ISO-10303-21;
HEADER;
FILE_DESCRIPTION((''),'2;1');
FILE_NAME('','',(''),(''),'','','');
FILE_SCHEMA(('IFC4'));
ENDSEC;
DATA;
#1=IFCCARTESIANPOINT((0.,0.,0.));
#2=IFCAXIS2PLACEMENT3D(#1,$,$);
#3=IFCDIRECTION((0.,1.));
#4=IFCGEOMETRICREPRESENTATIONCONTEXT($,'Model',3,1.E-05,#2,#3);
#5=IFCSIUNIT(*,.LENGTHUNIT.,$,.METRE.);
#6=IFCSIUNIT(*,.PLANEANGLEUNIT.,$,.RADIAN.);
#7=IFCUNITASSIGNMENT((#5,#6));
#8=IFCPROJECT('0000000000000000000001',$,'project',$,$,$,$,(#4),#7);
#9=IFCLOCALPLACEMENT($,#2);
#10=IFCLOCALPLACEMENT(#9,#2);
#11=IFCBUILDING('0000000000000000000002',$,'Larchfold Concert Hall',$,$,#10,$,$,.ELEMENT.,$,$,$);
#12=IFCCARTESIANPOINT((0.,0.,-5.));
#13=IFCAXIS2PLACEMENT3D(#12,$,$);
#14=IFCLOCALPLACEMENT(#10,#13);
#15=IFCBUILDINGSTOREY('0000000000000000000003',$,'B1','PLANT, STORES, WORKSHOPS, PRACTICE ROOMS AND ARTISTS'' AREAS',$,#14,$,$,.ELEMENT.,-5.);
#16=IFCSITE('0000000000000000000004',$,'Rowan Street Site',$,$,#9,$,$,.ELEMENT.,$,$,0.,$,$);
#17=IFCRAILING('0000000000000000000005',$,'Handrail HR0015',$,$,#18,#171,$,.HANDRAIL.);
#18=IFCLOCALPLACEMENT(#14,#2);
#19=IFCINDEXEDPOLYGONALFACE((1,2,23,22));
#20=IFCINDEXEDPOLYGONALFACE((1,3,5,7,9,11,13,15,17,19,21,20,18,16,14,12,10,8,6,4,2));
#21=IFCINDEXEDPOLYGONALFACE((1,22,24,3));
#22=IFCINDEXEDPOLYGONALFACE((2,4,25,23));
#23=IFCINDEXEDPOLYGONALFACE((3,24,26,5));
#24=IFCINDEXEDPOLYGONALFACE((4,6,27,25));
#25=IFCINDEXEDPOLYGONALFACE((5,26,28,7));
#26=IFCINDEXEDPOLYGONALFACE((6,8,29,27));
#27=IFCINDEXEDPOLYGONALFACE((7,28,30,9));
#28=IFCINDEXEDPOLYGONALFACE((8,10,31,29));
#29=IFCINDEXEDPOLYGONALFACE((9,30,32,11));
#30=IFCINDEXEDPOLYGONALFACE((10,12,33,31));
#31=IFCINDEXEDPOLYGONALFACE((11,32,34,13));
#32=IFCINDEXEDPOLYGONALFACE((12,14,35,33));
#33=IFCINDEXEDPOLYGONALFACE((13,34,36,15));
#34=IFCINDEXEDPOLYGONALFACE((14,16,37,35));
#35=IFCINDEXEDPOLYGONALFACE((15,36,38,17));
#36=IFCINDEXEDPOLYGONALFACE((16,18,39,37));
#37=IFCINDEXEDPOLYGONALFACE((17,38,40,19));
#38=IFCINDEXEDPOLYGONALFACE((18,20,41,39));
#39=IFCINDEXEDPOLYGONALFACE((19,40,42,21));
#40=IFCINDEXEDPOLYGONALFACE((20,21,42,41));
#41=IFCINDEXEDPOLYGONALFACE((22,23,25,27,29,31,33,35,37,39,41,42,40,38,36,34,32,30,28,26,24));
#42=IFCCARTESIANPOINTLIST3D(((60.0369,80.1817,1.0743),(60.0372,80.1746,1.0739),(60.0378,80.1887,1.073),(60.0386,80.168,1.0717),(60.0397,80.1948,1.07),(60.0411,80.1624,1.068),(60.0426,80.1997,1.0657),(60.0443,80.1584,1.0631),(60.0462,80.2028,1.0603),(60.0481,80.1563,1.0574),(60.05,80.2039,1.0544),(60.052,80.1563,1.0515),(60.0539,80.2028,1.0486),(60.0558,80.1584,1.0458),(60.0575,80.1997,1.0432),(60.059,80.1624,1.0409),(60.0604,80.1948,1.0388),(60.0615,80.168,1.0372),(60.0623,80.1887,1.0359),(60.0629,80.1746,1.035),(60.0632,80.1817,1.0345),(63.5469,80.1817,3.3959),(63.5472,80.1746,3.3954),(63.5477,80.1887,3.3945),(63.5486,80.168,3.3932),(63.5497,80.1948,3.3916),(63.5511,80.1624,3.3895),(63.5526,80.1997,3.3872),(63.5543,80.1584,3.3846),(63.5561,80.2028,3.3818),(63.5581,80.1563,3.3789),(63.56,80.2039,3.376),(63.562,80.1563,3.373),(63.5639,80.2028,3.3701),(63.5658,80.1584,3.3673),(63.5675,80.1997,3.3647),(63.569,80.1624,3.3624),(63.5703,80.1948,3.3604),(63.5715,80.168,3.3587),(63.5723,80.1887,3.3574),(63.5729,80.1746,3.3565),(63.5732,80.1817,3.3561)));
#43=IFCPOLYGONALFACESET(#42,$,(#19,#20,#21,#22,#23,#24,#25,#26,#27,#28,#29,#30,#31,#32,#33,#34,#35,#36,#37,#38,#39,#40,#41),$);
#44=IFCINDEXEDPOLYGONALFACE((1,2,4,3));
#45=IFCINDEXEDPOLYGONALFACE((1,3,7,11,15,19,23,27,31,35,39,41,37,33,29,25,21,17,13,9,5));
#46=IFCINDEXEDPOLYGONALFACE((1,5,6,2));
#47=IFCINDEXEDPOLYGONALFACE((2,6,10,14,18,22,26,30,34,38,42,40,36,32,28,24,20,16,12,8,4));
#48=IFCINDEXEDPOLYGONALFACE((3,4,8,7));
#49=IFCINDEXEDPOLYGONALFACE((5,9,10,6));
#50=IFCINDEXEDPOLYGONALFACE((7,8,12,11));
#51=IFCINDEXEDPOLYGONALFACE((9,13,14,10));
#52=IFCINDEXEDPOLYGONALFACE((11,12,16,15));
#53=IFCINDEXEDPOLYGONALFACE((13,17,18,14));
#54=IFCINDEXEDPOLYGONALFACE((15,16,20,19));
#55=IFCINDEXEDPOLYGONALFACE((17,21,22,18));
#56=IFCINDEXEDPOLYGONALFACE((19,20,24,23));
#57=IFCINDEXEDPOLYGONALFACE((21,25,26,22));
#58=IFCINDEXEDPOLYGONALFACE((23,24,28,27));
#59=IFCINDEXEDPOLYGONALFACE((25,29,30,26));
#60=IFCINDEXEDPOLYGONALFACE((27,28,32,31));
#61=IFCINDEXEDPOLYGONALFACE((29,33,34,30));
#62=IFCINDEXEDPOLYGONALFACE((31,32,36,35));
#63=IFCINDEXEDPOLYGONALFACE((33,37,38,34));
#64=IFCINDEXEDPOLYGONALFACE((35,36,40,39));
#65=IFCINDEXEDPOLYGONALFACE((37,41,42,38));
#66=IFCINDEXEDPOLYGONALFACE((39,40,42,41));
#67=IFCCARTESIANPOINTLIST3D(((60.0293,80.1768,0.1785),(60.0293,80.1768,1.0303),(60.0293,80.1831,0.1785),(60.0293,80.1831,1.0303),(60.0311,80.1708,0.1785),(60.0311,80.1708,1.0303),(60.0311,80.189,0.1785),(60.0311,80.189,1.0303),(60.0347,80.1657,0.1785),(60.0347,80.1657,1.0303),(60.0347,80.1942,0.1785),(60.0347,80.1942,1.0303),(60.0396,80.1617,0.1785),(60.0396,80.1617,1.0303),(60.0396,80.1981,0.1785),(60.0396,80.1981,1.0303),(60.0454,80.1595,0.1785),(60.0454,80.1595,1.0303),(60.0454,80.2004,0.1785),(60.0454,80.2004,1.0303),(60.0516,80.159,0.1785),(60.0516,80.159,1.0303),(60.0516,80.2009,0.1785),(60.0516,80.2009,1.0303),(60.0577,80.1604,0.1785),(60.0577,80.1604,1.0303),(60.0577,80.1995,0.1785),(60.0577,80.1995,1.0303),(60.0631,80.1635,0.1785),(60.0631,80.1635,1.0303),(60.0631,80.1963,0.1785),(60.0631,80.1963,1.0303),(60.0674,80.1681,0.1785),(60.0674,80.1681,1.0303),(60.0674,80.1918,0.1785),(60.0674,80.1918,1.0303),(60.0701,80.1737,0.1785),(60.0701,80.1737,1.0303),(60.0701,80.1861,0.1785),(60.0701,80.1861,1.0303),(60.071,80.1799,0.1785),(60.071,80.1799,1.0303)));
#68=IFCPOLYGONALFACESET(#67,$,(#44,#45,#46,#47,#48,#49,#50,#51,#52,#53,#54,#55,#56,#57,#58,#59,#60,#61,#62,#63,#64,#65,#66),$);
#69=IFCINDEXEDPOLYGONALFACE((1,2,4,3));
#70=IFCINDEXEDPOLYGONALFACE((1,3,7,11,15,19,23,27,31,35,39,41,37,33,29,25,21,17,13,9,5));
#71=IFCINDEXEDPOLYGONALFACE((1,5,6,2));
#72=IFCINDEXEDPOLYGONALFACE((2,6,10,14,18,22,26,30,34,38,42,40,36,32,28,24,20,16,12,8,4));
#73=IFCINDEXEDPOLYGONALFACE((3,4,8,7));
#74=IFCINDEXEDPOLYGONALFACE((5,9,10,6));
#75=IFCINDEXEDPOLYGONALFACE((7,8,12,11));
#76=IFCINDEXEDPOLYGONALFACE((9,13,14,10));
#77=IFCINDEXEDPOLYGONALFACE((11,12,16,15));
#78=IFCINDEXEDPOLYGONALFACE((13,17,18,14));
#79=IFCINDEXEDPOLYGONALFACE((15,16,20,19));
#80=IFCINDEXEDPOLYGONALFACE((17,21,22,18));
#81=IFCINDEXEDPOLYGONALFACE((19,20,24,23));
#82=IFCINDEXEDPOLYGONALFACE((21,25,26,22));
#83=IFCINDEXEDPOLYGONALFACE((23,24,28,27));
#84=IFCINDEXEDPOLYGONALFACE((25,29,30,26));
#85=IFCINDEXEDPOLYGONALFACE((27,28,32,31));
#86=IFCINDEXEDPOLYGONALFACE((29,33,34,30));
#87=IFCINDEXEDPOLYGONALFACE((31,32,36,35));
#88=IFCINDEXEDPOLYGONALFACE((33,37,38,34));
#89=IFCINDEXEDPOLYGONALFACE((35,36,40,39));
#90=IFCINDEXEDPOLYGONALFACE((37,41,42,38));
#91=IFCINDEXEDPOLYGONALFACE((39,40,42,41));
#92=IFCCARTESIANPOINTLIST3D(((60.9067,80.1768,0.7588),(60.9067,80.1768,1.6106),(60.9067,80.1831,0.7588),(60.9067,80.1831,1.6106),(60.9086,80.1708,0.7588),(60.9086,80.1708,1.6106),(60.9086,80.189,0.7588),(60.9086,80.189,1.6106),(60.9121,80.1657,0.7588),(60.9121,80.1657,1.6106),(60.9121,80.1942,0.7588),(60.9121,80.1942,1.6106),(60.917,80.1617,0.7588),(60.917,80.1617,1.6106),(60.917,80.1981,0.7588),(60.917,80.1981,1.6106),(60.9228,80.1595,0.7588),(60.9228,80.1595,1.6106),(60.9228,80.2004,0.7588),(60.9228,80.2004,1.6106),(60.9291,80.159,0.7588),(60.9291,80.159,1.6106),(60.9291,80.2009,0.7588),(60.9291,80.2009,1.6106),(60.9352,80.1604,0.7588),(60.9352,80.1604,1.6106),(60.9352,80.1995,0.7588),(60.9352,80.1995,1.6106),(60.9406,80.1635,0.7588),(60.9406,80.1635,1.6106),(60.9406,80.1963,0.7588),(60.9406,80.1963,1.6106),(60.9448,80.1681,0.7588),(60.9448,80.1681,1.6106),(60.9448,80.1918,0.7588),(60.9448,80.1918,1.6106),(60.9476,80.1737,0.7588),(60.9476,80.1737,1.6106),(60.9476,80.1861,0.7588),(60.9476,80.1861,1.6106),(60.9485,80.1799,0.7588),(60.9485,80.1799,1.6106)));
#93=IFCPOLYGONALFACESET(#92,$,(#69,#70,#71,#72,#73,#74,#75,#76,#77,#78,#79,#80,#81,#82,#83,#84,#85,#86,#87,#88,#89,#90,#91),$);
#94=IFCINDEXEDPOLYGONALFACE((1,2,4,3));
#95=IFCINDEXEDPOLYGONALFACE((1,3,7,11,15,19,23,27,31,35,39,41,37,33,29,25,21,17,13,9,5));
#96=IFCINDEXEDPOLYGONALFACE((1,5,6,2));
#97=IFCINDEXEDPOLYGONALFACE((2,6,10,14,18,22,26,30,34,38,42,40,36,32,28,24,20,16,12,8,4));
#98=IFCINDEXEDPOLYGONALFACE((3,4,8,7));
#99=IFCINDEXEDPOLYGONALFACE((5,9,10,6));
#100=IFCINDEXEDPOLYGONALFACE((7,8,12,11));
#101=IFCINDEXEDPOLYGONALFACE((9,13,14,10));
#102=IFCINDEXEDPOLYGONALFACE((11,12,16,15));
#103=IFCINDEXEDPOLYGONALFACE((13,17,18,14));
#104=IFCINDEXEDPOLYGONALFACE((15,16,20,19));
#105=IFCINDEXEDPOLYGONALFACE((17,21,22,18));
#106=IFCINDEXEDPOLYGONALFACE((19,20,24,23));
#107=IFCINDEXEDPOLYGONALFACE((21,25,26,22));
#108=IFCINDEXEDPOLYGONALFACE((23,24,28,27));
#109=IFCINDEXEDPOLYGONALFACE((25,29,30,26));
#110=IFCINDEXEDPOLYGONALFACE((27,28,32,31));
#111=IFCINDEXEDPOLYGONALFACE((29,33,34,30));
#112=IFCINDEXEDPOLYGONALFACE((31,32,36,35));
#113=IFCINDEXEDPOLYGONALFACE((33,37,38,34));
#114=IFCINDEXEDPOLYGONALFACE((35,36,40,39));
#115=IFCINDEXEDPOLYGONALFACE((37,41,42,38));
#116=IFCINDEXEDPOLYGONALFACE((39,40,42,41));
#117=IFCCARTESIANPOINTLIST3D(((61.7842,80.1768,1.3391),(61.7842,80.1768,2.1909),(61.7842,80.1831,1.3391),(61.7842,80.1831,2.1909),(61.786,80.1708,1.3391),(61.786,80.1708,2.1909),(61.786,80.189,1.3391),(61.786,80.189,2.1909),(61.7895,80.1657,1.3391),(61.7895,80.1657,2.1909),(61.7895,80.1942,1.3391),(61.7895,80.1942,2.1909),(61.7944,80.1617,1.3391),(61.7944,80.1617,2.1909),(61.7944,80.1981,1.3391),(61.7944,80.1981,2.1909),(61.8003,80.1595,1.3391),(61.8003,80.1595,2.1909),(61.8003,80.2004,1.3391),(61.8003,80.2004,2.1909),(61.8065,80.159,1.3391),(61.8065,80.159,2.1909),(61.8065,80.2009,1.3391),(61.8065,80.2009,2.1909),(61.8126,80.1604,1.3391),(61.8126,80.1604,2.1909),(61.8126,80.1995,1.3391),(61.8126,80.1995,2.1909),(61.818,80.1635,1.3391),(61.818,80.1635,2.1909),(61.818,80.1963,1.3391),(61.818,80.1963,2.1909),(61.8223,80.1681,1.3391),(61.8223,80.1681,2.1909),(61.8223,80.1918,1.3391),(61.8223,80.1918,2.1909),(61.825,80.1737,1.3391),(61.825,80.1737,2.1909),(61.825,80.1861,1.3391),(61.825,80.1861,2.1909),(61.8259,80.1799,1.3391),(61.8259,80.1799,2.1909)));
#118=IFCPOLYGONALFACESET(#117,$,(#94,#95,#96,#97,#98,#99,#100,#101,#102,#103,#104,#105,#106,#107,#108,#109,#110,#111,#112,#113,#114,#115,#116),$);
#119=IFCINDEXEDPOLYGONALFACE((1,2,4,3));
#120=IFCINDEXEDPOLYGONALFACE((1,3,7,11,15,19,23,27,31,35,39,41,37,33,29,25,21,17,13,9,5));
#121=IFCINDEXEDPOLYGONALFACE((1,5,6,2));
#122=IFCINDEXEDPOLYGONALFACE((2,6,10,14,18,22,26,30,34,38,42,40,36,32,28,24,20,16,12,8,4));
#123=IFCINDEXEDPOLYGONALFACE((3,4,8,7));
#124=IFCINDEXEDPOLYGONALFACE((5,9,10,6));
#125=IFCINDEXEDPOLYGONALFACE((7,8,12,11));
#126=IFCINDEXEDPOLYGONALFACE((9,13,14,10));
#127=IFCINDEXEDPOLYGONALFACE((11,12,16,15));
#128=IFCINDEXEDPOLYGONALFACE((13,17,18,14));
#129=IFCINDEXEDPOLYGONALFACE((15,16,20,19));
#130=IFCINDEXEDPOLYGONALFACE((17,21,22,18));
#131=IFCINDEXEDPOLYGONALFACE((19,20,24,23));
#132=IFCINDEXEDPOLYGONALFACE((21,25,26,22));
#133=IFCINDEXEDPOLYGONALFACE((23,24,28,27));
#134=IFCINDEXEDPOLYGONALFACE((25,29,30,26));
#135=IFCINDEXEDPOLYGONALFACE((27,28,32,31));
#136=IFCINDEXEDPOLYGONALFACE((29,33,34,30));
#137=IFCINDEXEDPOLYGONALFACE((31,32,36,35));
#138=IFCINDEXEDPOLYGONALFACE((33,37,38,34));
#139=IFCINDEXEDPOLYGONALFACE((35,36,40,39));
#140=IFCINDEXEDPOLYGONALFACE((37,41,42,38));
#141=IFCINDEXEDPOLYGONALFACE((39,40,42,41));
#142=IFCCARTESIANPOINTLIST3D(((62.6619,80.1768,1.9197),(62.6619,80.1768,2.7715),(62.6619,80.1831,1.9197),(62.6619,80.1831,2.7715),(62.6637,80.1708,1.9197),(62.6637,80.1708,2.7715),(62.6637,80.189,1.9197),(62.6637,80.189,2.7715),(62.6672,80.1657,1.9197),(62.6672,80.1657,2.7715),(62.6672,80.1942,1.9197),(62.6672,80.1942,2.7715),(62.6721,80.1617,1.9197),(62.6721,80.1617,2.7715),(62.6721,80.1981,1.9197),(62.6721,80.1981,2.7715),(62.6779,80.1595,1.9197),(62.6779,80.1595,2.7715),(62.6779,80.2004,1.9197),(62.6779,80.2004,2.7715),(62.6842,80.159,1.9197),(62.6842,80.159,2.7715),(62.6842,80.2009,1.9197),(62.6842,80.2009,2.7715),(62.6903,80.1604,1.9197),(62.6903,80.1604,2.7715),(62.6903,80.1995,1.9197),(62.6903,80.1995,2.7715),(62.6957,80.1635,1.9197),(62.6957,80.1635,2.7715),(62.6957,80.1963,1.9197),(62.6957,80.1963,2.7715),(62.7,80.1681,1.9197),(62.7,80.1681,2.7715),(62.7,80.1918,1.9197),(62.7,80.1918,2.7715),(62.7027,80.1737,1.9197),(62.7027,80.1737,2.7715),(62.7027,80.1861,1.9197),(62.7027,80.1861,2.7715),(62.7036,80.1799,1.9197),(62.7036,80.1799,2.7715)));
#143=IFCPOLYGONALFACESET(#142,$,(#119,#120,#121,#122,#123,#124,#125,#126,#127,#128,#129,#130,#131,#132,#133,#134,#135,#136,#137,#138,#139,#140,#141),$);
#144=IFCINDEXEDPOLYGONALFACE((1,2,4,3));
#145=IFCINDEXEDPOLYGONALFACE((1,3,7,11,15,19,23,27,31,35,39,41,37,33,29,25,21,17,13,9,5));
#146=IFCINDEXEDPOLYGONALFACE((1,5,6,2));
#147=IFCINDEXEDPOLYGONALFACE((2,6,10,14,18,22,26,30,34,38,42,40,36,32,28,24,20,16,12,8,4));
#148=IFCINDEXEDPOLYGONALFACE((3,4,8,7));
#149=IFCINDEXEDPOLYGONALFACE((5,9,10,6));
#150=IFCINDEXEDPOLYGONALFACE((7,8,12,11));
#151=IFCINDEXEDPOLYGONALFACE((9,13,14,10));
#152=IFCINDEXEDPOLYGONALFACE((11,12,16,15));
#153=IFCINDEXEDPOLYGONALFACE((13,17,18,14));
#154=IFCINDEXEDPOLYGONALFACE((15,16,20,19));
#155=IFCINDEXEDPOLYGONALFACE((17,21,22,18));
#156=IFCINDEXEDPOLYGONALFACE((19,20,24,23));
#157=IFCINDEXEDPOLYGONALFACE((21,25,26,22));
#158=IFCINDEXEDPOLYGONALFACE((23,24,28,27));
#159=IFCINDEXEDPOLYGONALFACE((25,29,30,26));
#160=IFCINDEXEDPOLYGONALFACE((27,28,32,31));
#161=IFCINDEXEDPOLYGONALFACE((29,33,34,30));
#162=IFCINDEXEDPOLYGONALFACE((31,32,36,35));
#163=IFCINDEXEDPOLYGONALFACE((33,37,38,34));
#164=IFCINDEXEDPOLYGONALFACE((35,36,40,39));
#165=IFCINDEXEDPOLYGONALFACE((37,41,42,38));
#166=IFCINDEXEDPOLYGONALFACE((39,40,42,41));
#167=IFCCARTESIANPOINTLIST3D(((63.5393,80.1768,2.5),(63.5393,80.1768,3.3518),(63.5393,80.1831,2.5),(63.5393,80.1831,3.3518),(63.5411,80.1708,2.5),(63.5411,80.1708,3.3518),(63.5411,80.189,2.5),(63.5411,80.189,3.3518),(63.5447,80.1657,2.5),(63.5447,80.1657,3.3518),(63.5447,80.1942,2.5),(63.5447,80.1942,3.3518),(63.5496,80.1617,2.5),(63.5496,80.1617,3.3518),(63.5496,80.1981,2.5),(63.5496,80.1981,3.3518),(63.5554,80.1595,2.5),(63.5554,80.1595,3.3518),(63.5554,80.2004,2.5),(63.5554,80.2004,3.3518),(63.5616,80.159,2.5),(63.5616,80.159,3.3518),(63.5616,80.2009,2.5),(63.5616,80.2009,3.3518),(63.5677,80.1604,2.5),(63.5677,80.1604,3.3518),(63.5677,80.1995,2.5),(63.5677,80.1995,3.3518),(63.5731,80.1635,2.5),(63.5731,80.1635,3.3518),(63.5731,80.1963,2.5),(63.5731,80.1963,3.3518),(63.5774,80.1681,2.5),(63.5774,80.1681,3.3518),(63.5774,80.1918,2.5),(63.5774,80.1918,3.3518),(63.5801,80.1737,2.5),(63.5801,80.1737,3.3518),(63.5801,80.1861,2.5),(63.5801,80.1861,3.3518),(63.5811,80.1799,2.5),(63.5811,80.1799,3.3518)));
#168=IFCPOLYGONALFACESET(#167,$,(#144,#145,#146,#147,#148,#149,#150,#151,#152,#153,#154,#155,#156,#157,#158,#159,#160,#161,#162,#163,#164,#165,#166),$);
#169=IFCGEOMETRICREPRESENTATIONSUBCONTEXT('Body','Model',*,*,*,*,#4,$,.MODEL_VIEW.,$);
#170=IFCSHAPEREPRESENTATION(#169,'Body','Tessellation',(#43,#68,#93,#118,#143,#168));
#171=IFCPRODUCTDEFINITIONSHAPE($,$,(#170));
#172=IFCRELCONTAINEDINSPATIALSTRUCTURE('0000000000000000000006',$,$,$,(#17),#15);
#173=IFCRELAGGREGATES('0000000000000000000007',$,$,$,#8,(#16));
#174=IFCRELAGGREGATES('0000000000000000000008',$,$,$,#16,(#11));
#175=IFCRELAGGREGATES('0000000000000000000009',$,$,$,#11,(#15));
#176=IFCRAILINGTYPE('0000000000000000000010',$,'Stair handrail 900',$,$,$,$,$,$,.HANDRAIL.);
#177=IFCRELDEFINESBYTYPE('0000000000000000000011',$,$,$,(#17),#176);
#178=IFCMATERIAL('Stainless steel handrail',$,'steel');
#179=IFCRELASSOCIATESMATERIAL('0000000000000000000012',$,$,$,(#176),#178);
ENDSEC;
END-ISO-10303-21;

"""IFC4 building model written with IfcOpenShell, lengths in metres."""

from ifc_helpers import new_model, si_unit, direction, frame, origin, origin_2d, place, context, subcontext, project, spatial, circle, extrude, material, type_object, element, save


model = new_model("IFC4")

# Units and contexts
model_context = context("Model", 3, precision=1e-05, world=origin(), true_north=direction((0.0, 1.0)))
body_context = subcontext(model_context, "Body", "Model", "MODEL_VIEW")
ifc_project = project(units=[si_unit("LENGTHUNIT", "METRE"), si_unit("PLANEANGLEUNIT", "RADIAN")], contexts=[model_context])

# Site, building, storey
site_placement = place(None, origin())
site = spatial("IfcSite", under=ifc_project, at=site_placement, Name="Rowan Street Site", CompositionType="ELEMENT", RefElevation=0.0)
building_placement = place(site_placement, origin())
building = spatial("IfcBuilding", under=site, at=building_placement, Name="Larchfold Concert Hall", CompositionType="ELEMENT")
storey_placement = place(building_placement, frame((0.0, 0.0, -5.0)))
storey = spatial("IfcBuildingStorey", under=building, at=storey_placement, Name="B1", Description="PLANT, STORES, WORKSHOPS, PRACTICE ROOMS AND ARTISTS' AREAS", CompositionType="ELEMENT", Elevation=-5.0)

# Railing
ifc_material_1 = material(Name="Stainless steel handrail", Category="steel")
railing_type_1 = type_object("IfcRailingType", Name="Stair handrail 900", PredefinedType="HANDRAIL", material=ifc_material_1)
for number, where, name in (
    (1, (60.05, 80.1799, 0.1785), "Handrail HR0015"),
):
    element("IfcRailing", number, at=place(storey_placement, frame(where)), inside=storey, type_object=railing_type_1, Name=name, PredefinedType="HANDRAIL", context=body_context, shape_type="SweptSolid", body=[
        extrude(circle(Radius=0.0239, at=origin_2d()), frame((0.0, 0.0, 0.876), z_axis=(0.834071, 0.0, 0.551657), x_axis=(0.0, 1.0, 0.0)), (0.0, 0.0, 1.0), 4.2083),
        extrude(circle(Radius=0.021, at=origin_2d()), origin(), (0.0, 0.0, 1.0), 0.8518),
        extrude(circle(Radius=0.021, at=origin_2d()), frame((0.8774, 0.0, 0.5803)), (0.0, 0.0, 1.0), 0.8518),
        extrude(circle(Radius=0.021, at=origin_2d()), frame((1.7549, 0.0, 1.1606)), (0.0, 0.0, 1.0), 0.8518),
        extrude(circle(Radius=0.021, at=origin_2d()), frame((2.6326, 0.0, 1.7412)), (0.0, 0.0, 1.0), 0.8518),
        extrude(circle(Radius=0.021, at=origin_2d()), frame((3.51, 0.0, 2.3215)), (0.0, 0.0, 1.0), 0.8518),
    ])

save(model, "model.ifc")
